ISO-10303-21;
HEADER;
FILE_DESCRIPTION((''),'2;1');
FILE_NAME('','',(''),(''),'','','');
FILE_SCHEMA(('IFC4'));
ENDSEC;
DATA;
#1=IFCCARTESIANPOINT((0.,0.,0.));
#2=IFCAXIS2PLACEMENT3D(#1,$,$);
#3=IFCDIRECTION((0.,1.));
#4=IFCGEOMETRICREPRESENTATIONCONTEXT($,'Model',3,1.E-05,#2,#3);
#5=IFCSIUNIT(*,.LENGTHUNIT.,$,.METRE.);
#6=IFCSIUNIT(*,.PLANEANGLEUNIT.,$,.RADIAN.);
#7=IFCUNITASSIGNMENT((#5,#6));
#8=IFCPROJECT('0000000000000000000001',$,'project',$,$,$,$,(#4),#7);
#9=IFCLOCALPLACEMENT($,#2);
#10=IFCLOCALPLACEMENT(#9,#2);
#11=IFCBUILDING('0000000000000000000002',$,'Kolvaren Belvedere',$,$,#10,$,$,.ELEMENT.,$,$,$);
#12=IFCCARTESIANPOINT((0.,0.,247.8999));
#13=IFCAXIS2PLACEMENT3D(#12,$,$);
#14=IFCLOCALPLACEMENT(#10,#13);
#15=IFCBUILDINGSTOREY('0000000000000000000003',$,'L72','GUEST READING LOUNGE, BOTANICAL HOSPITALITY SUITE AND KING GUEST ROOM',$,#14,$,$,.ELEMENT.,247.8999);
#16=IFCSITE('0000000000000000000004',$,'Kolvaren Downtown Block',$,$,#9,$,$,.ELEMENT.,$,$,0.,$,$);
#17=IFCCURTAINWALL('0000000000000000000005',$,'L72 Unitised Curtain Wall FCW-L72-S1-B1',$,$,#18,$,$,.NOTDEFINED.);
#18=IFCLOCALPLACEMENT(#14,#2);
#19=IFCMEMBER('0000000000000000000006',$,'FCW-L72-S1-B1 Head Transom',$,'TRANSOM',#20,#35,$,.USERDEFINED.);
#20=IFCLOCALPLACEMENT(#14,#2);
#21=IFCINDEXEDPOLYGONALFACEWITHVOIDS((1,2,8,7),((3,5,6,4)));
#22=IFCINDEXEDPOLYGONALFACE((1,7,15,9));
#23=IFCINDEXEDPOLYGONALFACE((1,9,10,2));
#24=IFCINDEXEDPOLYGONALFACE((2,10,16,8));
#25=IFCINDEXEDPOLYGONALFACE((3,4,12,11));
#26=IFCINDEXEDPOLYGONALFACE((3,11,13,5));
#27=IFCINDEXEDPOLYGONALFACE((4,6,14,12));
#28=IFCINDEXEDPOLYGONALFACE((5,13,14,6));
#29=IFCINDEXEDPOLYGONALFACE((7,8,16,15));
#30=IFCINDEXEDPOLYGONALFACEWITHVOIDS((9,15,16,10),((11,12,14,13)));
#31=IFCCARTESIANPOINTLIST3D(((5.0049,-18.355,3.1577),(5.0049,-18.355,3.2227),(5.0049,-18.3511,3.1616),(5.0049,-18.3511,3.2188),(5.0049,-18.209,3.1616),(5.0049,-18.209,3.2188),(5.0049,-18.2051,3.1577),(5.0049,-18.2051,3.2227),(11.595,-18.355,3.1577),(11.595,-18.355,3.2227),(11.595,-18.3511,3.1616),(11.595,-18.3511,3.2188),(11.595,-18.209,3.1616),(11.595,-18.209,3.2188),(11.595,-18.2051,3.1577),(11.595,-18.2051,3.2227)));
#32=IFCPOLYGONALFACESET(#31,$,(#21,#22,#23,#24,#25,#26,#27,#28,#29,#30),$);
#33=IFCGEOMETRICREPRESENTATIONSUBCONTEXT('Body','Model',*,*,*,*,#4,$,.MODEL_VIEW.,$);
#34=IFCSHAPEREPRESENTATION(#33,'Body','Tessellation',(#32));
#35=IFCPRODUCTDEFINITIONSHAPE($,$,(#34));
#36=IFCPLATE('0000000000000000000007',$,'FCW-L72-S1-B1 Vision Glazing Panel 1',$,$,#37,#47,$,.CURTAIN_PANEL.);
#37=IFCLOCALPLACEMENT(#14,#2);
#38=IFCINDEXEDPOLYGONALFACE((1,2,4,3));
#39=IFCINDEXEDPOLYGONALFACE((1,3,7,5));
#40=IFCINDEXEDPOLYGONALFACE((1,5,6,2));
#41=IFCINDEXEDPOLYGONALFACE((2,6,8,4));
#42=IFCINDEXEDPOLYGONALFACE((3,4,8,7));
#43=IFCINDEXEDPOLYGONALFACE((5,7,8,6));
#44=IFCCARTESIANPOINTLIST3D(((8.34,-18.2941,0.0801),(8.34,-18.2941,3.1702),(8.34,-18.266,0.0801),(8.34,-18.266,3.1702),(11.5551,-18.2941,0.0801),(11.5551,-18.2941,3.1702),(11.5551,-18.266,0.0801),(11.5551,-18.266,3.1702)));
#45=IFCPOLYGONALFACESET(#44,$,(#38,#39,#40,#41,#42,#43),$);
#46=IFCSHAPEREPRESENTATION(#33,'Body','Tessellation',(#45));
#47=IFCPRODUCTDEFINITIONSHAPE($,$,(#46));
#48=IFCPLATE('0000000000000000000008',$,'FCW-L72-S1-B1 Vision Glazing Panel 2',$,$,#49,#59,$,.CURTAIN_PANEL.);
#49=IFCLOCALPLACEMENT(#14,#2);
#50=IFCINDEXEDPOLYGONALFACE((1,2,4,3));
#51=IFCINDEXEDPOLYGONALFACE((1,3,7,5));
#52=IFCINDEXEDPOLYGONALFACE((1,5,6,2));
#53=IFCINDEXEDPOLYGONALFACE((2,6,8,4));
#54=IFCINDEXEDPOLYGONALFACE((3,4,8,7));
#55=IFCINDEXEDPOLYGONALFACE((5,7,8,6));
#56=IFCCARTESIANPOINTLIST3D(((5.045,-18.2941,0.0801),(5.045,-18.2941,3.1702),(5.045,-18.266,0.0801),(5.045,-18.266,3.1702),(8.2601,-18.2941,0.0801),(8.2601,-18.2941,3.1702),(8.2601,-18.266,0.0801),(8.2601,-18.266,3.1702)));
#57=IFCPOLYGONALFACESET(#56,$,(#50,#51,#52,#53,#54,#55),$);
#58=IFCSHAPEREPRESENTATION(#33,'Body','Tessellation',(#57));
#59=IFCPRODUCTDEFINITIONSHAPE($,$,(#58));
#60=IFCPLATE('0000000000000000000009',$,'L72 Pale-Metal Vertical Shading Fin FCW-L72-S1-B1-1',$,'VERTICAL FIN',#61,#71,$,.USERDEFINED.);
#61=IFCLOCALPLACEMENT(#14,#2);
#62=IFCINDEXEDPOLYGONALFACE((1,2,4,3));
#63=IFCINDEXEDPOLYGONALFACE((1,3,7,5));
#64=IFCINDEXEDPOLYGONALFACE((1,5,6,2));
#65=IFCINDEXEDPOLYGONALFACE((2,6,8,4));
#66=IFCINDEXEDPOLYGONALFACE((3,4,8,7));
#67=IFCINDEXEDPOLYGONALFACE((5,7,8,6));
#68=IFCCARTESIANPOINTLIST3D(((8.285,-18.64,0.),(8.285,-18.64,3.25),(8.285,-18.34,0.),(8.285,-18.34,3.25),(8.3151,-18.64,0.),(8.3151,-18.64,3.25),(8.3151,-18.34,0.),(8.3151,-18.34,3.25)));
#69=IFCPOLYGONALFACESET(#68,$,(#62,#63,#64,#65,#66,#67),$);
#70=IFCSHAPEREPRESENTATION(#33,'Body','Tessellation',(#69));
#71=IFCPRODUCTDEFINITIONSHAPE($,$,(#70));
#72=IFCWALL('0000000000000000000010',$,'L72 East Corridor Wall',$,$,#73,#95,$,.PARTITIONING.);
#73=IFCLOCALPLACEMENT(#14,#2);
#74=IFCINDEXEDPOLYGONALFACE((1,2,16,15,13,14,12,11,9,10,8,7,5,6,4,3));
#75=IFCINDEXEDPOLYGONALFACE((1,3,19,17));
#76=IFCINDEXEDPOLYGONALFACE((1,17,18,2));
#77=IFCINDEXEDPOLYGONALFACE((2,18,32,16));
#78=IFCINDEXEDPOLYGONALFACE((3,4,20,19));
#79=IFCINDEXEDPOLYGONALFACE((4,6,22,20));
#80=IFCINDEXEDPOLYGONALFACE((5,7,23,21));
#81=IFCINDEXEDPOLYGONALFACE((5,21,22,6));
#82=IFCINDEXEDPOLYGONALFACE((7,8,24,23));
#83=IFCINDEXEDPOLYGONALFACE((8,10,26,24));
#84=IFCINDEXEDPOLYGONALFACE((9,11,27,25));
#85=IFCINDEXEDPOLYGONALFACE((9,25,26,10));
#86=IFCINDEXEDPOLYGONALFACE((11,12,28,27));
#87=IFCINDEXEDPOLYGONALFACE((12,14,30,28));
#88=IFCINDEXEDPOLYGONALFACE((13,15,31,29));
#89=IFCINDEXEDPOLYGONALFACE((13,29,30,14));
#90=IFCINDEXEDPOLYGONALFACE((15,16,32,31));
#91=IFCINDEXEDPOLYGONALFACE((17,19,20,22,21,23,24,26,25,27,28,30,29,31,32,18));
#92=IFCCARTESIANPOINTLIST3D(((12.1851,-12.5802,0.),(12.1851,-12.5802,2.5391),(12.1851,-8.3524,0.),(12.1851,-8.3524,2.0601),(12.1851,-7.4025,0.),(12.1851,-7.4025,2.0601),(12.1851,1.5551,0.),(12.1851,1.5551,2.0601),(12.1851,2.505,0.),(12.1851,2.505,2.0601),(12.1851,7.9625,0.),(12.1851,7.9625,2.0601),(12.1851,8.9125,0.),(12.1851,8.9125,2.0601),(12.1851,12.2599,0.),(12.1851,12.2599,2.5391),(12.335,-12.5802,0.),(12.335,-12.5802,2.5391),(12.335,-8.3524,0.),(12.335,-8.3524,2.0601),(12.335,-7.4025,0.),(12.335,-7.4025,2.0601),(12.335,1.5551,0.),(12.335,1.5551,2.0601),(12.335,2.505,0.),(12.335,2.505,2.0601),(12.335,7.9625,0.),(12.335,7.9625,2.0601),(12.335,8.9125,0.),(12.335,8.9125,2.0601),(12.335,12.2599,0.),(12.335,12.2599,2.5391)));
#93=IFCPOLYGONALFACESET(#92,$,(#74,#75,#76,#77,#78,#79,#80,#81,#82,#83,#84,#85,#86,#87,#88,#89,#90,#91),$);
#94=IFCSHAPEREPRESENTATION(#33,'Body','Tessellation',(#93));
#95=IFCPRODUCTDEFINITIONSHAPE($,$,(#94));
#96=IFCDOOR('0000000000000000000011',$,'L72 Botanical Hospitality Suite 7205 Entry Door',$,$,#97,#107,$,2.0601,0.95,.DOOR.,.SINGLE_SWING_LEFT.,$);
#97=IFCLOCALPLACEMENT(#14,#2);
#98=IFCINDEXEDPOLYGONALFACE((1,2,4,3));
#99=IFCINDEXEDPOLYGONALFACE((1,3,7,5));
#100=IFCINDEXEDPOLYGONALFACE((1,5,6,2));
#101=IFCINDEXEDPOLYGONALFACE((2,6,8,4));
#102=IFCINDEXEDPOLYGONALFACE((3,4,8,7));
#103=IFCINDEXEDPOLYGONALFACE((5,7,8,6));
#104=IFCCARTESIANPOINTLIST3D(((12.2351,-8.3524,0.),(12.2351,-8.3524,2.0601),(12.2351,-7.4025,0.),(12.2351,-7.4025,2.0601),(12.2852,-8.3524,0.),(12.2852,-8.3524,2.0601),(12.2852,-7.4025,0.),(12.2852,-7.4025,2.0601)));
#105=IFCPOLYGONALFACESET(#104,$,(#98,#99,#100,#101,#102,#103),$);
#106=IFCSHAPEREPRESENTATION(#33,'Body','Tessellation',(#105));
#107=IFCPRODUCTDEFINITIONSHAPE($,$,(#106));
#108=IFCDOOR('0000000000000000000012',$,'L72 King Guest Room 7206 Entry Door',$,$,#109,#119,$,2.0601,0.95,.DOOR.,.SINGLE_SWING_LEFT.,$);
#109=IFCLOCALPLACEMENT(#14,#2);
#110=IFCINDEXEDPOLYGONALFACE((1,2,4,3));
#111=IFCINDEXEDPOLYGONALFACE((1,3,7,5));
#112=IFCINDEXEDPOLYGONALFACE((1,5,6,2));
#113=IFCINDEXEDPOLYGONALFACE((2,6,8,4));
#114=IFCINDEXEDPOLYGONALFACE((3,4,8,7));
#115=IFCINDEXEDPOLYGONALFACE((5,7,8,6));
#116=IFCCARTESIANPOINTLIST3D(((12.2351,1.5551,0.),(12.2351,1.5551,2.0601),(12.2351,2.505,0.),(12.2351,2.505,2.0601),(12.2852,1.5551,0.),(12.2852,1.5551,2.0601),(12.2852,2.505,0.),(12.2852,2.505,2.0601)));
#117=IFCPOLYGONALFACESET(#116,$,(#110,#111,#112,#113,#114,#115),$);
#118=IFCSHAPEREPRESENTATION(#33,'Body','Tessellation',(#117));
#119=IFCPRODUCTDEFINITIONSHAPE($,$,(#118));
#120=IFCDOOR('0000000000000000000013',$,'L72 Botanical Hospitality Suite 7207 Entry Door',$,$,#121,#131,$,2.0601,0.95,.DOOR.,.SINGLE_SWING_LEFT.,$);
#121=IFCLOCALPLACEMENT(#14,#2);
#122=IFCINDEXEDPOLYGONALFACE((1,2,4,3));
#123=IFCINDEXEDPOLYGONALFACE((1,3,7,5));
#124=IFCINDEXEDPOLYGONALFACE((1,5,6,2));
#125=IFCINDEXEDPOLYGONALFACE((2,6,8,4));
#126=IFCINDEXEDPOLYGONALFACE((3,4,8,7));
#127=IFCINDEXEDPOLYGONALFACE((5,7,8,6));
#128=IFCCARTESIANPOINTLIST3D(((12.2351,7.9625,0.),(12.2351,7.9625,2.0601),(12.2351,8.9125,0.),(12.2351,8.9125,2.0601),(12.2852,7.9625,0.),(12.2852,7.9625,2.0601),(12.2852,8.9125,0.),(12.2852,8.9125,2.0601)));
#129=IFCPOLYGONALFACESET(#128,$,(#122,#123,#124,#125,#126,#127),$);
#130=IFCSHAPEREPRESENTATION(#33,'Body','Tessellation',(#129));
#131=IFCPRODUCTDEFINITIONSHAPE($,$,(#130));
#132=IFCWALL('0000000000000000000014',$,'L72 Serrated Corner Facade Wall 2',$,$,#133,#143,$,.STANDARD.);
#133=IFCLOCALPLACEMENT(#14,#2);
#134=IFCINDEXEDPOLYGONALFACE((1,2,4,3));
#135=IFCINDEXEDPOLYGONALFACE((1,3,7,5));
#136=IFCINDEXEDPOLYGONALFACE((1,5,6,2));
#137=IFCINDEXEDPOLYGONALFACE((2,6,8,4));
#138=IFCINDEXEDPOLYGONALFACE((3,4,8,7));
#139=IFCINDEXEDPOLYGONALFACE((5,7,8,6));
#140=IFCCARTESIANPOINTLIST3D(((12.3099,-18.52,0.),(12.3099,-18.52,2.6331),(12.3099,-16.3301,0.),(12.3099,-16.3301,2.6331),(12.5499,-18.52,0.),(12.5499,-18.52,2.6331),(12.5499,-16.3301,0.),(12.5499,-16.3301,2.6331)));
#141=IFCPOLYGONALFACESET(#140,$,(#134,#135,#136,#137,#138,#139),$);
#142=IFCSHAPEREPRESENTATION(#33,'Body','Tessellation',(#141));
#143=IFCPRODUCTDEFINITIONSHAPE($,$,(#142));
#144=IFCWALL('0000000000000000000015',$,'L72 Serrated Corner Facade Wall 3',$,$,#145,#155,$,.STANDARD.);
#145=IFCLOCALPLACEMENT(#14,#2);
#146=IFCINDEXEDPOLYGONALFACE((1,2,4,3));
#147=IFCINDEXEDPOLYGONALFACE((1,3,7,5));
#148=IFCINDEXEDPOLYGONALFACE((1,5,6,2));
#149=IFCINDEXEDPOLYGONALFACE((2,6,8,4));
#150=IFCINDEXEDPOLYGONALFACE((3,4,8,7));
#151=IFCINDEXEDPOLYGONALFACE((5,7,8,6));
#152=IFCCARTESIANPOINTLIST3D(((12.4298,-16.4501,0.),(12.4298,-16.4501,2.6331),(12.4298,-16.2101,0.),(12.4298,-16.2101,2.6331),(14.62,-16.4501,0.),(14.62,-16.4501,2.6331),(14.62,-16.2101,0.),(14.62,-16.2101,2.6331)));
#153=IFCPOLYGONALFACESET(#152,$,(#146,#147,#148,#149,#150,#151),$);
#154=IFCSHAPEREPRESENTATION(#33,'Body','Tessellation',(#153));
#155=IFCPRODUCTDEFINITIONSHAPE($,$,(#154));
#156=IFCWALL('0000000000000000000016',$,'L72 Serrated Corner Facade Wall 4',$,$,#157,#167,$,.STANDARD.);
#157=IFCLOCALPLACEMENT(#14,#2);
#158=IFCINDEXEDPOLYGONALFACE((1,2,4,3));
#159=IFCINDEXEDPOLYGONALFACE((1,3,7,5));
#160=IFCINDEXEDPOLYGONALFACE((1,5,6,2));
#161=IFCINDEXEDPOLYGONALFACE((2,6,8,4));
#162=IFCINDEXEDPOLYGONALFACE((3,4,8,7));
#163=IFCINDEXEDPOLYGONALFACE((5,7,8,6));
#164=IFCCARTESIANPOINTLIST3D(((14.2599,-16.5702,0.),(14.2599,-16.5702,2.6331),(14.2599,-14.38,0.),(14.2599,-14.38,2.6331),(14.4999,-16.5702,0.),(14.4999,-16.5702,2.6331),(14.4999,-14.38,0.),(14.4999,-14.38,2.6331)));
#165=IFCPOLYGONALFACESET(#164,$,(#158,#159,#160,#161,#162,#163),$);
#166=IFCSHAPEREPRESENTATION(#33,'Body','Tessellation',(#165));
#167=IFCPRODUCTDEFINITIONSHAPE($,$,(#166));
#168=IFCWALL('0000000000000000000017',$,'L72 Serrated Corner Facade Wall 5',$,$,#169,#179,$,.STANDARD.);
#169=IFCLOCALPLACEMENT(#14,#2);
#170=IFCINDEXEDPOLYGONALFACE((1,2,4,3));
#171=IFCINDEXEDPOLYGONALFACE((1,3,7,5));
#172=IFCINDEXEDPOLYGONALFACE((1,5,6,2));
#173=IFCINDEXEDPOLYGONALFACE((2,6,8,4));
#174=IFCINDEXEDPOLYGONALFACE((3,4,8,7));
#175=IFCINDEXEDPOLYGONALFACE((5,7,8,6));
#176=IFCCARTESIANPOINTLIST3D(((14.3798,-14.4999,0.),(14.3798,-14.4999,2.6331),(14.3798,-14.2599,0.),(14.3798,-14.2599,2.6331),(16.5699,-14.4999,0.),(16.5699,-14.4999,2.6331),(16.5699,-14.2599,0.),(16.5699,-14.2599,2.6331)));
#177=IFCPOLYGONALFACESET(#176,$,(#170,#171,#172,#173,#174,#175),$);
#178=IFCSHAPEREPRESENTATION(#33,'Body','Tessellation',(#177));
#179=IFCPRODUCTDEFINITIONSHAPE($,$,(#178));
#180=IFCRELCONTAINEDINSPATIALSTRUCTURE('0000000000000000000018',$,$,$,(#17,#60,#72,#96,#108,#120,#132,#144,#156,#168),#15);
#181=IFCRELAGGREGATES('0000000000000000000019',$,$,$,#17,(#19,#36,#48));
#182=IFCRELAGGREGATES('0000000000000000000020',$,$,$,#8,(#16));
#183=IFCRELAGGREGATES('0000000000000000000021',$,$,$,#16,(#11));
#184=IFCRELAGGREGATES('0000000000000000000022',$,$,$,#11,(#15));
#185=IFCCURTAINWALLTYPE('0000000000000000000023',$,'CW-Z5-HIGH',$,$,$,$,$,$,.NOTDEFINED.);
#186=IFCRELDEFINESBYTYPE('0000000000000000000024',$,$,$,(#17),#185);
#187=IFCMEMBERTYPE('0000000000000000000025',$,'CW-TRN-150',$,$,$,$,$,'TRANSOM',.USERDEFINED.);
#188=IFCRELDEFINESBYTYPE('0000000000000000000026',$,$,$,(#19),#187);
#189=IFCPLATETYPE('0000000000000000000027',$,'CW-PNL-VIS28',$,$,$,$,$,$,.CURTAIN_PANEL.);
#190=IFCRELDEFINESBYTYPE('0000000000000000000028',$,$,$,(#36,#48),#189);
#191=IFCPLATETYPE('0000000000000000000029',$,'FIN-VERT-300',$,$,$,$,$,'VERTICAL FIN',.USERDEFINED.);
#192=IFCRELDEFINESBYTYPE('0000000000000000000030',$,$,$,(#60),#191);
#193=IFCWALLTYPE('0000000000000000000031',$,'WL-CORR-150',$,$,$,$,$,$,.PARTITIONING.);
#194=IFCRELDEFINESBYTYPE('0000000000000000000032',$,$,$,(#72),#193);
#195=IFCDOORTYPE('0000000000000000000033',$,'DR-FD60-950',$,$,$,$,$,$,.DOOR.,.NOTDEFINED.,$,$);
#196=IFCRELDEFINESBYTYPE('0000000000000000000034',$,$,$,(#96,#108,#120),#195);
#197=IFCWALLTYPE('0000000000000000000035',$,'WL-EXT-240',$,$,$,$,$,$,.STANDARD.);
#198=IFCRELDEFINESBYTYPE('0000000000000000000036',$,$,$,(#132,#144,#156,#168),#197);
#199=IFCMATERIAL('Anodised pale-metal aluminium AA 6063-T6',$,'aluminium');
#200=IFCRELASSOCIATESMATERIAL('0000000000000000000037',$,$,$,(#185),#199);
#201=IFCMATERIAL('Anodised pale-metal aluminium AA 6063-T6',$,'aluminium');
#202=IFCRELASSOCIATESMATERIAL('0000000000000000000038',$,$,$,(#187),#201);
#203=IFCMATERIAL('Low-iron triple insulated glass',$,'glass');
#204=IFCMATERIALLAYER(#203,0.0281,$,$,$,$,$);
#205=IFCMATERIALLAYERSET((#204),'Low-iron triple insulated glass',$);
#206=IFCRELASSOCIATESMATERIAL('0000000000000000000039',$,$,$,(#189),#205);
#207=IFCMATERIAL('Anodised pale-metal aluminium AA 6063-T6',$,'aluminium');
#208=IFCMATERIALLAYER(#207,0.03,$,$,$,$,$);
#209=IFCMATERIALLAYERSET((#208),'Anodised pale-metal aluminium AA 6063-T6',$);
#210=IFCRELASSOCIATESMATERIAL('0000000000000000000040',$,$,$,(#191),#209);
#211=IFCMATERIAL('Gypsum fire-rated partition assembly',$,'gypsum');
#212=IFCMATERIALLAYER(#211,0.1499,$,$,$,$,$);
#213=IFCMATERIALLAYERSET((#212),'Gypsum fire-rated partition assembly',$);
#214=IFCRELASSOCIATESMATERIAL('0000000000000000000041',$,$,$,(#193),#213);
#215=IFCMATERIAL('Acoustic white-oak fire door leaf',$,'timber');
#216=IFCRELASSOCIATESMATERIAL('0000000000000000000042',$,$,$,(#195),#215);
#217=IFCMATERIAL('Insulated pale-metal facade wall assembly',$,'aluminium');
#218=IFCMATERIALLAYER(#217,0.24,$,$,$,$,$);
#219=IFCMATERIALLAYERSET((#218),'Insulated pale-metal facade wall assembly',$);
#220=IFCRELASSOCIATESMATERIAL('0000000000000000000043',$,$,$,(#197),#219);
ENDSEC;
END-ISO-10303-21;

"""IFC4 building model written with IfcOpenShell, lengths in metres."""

from ifc_helpers import new_model, si_unit, direction, frame, frame_2d, origin, origin_2d, place, context, subcontext, project, spatial, rectangle, hollow_rectangle, extrude, material, layer, layer_set, material_profile, profile_set, type_object, element, fill, aggregate, save


model = new_model("IFC4")

# Units and contexts
model_context = context("Model", 3, precision=1e-05, world=origin(), true_north=direction((0.0, 1.0)))
body_context = subcontext(model_context, "Body", "Model", "MODEL_VIEW")
ifc_project = project(units=[si_unit("LENGTHUNIT", "METRE"), si_unit("PLANEANGLEUNIT", "RADIAN")], contexts=[model_context])

# Site, building, storey
site_placement = place(None, origin())
site = spatial("IfcSite", under=ifc_project, at=site_placement, Name="Kolvaren Downtown Block", CompositionType="ELEMENT", RefElevation=0.0)
building_placement = place(site_placement, origin())
building = spatial("IfcBuilding", under=site, at=building_placement, Name="Kolvaren Belvedere", CompositionType="ELEMENT")
storey_placement = place(building_placement, frame((0.0, 0.0, 247.8999)))
storey = spatial("IfcBuildingStorey", under=building, at=storey_placement, Name="L72", Description="GUEST READING LOUNGE, BOTANICAL HOSPITALITY SUITE AND KING GUEST ROOM", CompositionType="ELEMENT", Elevation=247.8999)

# Curtain wall
ifc_material_1 = material(Name="Anodised pale-metal aluminium AA 6063-T6", Category="aluminium")
curtain_wall_type = type_object("IfcCurtainWallType", Name="CW-Z5-HIGH", PredefinedType="NOTDEFINED", material=ifc_material_1)
curtain_wall_1_placement = place(storey_placement, origin())
curtain_wall_1 = element("IfcCurtainWall", 1, at=curtain_wall_1_placement, inside=storey, type_object=curtain_wall_type, Name="L72 Unitised Curtain Wall FCW-L72-S1-B1", PredefinedType="NOTDEFINED")

# Member
ifc_material_2 = material(Name="Anodised pale-metal aluminium AA 6063-T6", Category="aluminium")
ifc_material_profile_1 = material_profile(ifc_material_2, hollow_rectangle(XDim=0.0649, YDim=0.1499, WallThickness=0.0039, at=origin_2d()), Name="ALU-TRN-150X65")
ifc_profile_set_1 = profile_set([ifc_material_profile_1], Name="Anodised pale-metal aluminium AA 6063-T6")
member_type_1 = type_object("IfcMemberType", Name="CW-TRN-150", ElementType="TRANSOM", PredefinedType="USERDEFINED", material=ifc_profile_set_1)
member_1_placement = place(storey_placement, frame((11.595, -18.28, 3.1902), z_axis=(-1.0, 0.0, 0.0), x_axis=(0.0, 0.0, 1.0)))
member_1 = element("IfcMember", 2, at=member_1_placement, type_object=member_type_1, Name="FCW-L72-S1-B1 Head Transom", ObjectType="TRANSOM", PredefinedType="USERDEFINED", context=body_context, shape_type="SweptSolid", body=[
    extrude(hollow_rectangle(XDim=0.0649, YDim=0.1499, WallThickness=0.0039, at=origin_2d()), origin(), (0.0, 0.0, 1.0), 6.5901),
])

# Plates
ifc_material_3 = material(Name="Low-iron triple insulated glass", Category="glass")
ifc_layer_1 = layer(ifc_material_3, 0.0281)
ifc_layer_set_1 = layer_set([ifc_layer_1], Name="Low-iron triple insulated glass")
plate_type_1 = type_object("IfcPlateType", Name="CW-PNL-VIS28", PredefinedType="CURTAIN_PANEL", material=ifc_layer_set_1)
plate_1_placement = place(storey_placement, frame((9.9475, -18.28, 0.0801), z_axis=(0.0, 0.0, 1.0), x_axis=(-1.0, 0.0, 0.0)))
plate_1 = element("IfcPlate", 3, at=plate_1_placement, type_object=plate_type_1, Name="FCW-L72-S1-B1 Vision Glazing Panel 1", PredefinedType="CURTAIN_PANEL", context=body_context, shape_type="SweptSolid", body=[
    extrude(rectangle(XDim=3.2151, YDim=0.0281, at=origin_2d()), origin(), (0.0, 0.0, 1.0), 3.0901),
])
plate_2_placement = place(storey_placement, frame((6.6526, -18.28, 0.0801), z_axis=(0.0, 0.0, 1.0), x_axis=(-1.0, 0.0, 0.0)))
plate_2 = element("IfcPlate", 4, at=plate_2_placement, type_object=plate_type_1, Name="FCW-L72-S1-B1 Vision Glazing Panel 2", PredefinedType="CURTAIN_PANEL", context=body_context, shape_type="SweptSolid", body=[
    extrude(rectangle(XDim=3.2151, YDim=0.0281, at=origin_2d()), origin(), (0.0, 0.0, 1.0), 3.0901),
])
aggregate(curtain_wall_1, [member_1, plate_1, plate_2])
ifc_material_4 = material(Name="Anodised pale-metal aluminium AA 6063-T6", Category="aluminium")
ifc_layer_2 = layer(ifc_material_4, 0.03)
ifc_layer_set_2 = layer_set([ifc_layer_2], Name="Anodised pale-metal aluminium AA 6063-T6")
plate_type_2 = type_object("IfcPlateType", Name="FIN-VERT-300", ElementType="VERTICAL FIN", PredefinedType="USERDEFINED", material=ifc_layer_set_2)
plate_3_placement = place(storey_placement, frame((8.3, -18.49, 0.0), z_axis=(0.0, 0.0, 1.0), x_axis=(0.0, 1.0, 0.0)))
element("IfcPlate", 5, at=plate_3_placement, inside=storey, type_object=plate_type_2, Name="L72 Pale-Metal Vertical Shading Fin FCW-L72-S1-B1-1", ObjectType="VERTICAL FIN", PredefinedType="USERDEFINED", context=body_context, shape_type="SweptSolid", body=[
    extrude(rectangle(XDim=0.3, YDim=0.03, at=origin_2d()), origin(), (0.0, 0.0, 1.0), 3.25),
])

# Wall, openings, doors
ifc_material_5 = material(Name="Gypsum fire-rated partition assembly", Category="gypsum")
ifc_layer_3 = layer(ifc_material_5, 0.1499)
ifc_layer_set_3 = layer_set([ifc_layer_3], Name="Gypsum fire-rated partition assembly")
wall_type_1 = type_object("IfcWallType", Name="WL-CORR-150", PredefinedType="PARTITIONING", material=ifc_layer_set_3)
wall_1_placement = place(storey_placement, frame((12.26, -12.5801, 0.0), z_axis=(0.0, 0.0, 1.0), x_axis=(0.0, 1.0, 0.0)))
wall_1 = element("IfcWall", 6, at=wall_1_placement, inside=storey, type_object=wall_type_1, Name="L72 East Corridor Wall", PredefinedType="PARTITIONING", context=body_context, shape_type="SweptSolid", body=[
    extrude(rectangle(XDim=24.8401, YDim=0.1499, at=frame_2d((12.4199, 0.0))), origin(), (0.0, 0.0, 1.0), 2.5391),
])
opening_1_placement = place(wall_1_placement, frame((4.2275, 0.0, 0.0)))
opening_1 = element("IfcOpeningElement", 7, at=opening_1_placement, cuts=wall_1, PredefinedType="OPENING", context=body_context, shape_type="SweptSolid", body=[
    extrude(rectangle(XDim=0.95, YDim=2.0601, at=frame_2d((0.4751, 1.03))), frame((0.0, 0.085, 0.0), z_axis=(0.0, -1.0, 0.0), x_axis=(1.0, 0.0, 0.0)), (0.0, 0.0, 1.0), 0.1699),
])
opening_2_placement = place(wall_1_placement, frame((14.135, 0.0, 0.0)))
opening_2 = element("IfcOpeningElement", 8, at=opening_2_placement, cuts=wall_1, PredefinedType="OPENING", context=body_context, shape_type="SweptSolid", body=[
    extrude(rectangle(XDim=0.95, YDim=2.0601, at=frame_2d((0.4751, 1.03))), frame((0.0, 0.085, 0.0), z_axis=(0.0, -1.0, 0.0), x_axis=(1.0, 0.0, 0.0)), (0.0, 0.0, 1.0), 0.1699),
])
opening_3_placement = place(wall_1_placement, frame((20.5425, 0.0, 0.0)))
opening_3 = element("IfcOpeningElement", 9, at=opening_3_placement, cuts=wall_1, PredefinedType="OPENING", context=body_context, shape_type="SweptSolid", body=[
    extrude(rectangle(XDim=0.95, YDim=2.0601, at=frame_2d((0.4751, 1.03))), frame((0.0, 0.085, 0.0), z_axis=(0.0, -1.0, 0.0), x_axis=(1.0, 0.0, 0.0)), (0.0, 0.0, 1.0), 0.1699),
])
ifc_material_6 = material(Name="Acoustic white-oak fire door leaf", Category="timber")
door_type = type_object("IfcDoorType", Name="DR-FD60-950", OperationType="NOTDEFINED", PredefinedType="DOOR", material=ifc_material_6)
door_1_placement = place(opening_1_placement, origin())
door_1 = element("IfcDoor", 10, at=door_1_placement, inside=storey, type_object=door_type, Name="L72 Botanical Hospitality Suite 7205 Entry Door", OperationType="SINGLE_SWING_LEFT", OverallHeight=2.0601, OverallWidth=0.95, PredefinedType="DOOR", context=body_context, shape_type="SweptSolid", body=[
    extrude(rectangle(XDim=0.95, YDim=2.0601, at=frame_2d((0.4751, 1.03))), frame((0.0, 0.0249, 0.0), z_axis=(0.0, -1.0, 0.0), x_axis=(1.0, 0.0, 0.0)), (0.0, 0.0, 1.0), 0.05),
])
fill(opening_1, door_1)
door_2_placement = place(opening_2_placement, origin())
door_2 = element("IfcDoor", 11, at=door_2_placement, inside=storey, type_object=door_type, Name="L72 King Guest Room 7206 Entry Door", OperationType="SINGLE_SWING_LEFT", OverallHeight=2.0601, OverallWidth=0.95, PredefinedType="DOOR", context=body_context, shape_type="SweptSolid", body=[
    extrude(rectangle(XDim=0.95, YDim=2.0601, at=frame_2d((0.4751, 1.03))), frame((0.0, 0.0249, 0.0), z_axis=(0.0, -1.0, 0.0), x_axis=(1.0, 0.0, 0.0)), (0.0, 0.0, 1.0), 0.05),
])
fill(opening_2, door_2)
door_3_placement = place(opening_3_placement, origin())
door_3 = element("IfcDoor", 12, at=door_3_placement, inside=storey, type_object=door_type, Name="L72 Botanical Hospitality Suite 7207 Entry Door", OperationType="SINGLE_SWING_LEFT", OverallHeight=2.0601, OverallWidth=0.95, PredefinedType="DOOR", context=body_context, shape_type="SweptSolid", body=[
    extrude(rectangle(XDim=0.95, YDim=2.0601, at=frame_2d((0.4751, 1.03))), frame((0.0, 0.0249, 0.0), z_axis=(0.0, -1.0, 0.0), x_axis=(1.0, 0.0, 0.0)), (0.0, 0.0, 1.0), 0.05),
])
fill(opening_3, door_3)

# Walls
ifc_material_7 = material(Name="Insulated pale-metal facade wall assembly", Category="aluminium")
ifc_layer_4 = layer(ifc_material_7, 0.24)
ifc_layer_set_4 = layer_set([ifc_layer_4], Name="Insulated pale-metal facade wall assembly")
wall_type_2 = type_object("IfcWallType", Name="WL-EXT-240", PredefinedType="STANDARD", material=ifc_layer_set_4)
wall_2_placement = place(storey_placement, frame((12.4299, -16.3301, 0.0), z_axis=(0.0, 0.0, 1.0), x_axis=(0.0, -1.0, 0.0)))
element("IfcWall", 13, at=wall_2_placement, inside=storey, type_object=wall_type_2, Name="L72 Serrated Corner Facade Wall 2", PredefinedType="STANDARD", context=body_context, shape_type="SweptSolid", body=[
    extrude(rectangle(XDim=2.1899, YDim=0.24, at=frame_2d((1.095, 0.0))), origin(), (0.0, 0.0, 1.0), 2.6331),
])
for number, where, z_axis, x_axis, name in (
    (14, (14.6201, -16.3301, 0.0), (0.0, 0.0, 1.0), (-1.0, 0.0, 0.0), "L72 Serrated Corner Facade Wall 3"),
    (15, (14.3799, -14.3799, 0.0), (0.0, 0.0, 1.0), (0.0, -1.0, 0.0), "L72 Serrated Corner Facade Wall 4"),
    (16, (16.5701, -14.3799, 0.0), (0.0, 0.0, 1.0), (-1.0, 0.0, 0.0), "L72 Serrated Corner Facade Wall 5"),
):
    element("IfcWall", number, at=place(storey_placement, frame(where, z_axis=z_axis, x_axis=x_axis)), inside=storey, type_object=wall_type_2, Name=name, PredefinedType="STANDARD", context=body_context, shape_type="SweptSolid", body=[
        extrude(rectangle(XDim=2.1902, YDim=0.24, at=frame_2d((1.0952, 0.0))), origin(), (0.0, 0.0, 1.0), 2.6331),
    ])

save(model, "model.ifc")
